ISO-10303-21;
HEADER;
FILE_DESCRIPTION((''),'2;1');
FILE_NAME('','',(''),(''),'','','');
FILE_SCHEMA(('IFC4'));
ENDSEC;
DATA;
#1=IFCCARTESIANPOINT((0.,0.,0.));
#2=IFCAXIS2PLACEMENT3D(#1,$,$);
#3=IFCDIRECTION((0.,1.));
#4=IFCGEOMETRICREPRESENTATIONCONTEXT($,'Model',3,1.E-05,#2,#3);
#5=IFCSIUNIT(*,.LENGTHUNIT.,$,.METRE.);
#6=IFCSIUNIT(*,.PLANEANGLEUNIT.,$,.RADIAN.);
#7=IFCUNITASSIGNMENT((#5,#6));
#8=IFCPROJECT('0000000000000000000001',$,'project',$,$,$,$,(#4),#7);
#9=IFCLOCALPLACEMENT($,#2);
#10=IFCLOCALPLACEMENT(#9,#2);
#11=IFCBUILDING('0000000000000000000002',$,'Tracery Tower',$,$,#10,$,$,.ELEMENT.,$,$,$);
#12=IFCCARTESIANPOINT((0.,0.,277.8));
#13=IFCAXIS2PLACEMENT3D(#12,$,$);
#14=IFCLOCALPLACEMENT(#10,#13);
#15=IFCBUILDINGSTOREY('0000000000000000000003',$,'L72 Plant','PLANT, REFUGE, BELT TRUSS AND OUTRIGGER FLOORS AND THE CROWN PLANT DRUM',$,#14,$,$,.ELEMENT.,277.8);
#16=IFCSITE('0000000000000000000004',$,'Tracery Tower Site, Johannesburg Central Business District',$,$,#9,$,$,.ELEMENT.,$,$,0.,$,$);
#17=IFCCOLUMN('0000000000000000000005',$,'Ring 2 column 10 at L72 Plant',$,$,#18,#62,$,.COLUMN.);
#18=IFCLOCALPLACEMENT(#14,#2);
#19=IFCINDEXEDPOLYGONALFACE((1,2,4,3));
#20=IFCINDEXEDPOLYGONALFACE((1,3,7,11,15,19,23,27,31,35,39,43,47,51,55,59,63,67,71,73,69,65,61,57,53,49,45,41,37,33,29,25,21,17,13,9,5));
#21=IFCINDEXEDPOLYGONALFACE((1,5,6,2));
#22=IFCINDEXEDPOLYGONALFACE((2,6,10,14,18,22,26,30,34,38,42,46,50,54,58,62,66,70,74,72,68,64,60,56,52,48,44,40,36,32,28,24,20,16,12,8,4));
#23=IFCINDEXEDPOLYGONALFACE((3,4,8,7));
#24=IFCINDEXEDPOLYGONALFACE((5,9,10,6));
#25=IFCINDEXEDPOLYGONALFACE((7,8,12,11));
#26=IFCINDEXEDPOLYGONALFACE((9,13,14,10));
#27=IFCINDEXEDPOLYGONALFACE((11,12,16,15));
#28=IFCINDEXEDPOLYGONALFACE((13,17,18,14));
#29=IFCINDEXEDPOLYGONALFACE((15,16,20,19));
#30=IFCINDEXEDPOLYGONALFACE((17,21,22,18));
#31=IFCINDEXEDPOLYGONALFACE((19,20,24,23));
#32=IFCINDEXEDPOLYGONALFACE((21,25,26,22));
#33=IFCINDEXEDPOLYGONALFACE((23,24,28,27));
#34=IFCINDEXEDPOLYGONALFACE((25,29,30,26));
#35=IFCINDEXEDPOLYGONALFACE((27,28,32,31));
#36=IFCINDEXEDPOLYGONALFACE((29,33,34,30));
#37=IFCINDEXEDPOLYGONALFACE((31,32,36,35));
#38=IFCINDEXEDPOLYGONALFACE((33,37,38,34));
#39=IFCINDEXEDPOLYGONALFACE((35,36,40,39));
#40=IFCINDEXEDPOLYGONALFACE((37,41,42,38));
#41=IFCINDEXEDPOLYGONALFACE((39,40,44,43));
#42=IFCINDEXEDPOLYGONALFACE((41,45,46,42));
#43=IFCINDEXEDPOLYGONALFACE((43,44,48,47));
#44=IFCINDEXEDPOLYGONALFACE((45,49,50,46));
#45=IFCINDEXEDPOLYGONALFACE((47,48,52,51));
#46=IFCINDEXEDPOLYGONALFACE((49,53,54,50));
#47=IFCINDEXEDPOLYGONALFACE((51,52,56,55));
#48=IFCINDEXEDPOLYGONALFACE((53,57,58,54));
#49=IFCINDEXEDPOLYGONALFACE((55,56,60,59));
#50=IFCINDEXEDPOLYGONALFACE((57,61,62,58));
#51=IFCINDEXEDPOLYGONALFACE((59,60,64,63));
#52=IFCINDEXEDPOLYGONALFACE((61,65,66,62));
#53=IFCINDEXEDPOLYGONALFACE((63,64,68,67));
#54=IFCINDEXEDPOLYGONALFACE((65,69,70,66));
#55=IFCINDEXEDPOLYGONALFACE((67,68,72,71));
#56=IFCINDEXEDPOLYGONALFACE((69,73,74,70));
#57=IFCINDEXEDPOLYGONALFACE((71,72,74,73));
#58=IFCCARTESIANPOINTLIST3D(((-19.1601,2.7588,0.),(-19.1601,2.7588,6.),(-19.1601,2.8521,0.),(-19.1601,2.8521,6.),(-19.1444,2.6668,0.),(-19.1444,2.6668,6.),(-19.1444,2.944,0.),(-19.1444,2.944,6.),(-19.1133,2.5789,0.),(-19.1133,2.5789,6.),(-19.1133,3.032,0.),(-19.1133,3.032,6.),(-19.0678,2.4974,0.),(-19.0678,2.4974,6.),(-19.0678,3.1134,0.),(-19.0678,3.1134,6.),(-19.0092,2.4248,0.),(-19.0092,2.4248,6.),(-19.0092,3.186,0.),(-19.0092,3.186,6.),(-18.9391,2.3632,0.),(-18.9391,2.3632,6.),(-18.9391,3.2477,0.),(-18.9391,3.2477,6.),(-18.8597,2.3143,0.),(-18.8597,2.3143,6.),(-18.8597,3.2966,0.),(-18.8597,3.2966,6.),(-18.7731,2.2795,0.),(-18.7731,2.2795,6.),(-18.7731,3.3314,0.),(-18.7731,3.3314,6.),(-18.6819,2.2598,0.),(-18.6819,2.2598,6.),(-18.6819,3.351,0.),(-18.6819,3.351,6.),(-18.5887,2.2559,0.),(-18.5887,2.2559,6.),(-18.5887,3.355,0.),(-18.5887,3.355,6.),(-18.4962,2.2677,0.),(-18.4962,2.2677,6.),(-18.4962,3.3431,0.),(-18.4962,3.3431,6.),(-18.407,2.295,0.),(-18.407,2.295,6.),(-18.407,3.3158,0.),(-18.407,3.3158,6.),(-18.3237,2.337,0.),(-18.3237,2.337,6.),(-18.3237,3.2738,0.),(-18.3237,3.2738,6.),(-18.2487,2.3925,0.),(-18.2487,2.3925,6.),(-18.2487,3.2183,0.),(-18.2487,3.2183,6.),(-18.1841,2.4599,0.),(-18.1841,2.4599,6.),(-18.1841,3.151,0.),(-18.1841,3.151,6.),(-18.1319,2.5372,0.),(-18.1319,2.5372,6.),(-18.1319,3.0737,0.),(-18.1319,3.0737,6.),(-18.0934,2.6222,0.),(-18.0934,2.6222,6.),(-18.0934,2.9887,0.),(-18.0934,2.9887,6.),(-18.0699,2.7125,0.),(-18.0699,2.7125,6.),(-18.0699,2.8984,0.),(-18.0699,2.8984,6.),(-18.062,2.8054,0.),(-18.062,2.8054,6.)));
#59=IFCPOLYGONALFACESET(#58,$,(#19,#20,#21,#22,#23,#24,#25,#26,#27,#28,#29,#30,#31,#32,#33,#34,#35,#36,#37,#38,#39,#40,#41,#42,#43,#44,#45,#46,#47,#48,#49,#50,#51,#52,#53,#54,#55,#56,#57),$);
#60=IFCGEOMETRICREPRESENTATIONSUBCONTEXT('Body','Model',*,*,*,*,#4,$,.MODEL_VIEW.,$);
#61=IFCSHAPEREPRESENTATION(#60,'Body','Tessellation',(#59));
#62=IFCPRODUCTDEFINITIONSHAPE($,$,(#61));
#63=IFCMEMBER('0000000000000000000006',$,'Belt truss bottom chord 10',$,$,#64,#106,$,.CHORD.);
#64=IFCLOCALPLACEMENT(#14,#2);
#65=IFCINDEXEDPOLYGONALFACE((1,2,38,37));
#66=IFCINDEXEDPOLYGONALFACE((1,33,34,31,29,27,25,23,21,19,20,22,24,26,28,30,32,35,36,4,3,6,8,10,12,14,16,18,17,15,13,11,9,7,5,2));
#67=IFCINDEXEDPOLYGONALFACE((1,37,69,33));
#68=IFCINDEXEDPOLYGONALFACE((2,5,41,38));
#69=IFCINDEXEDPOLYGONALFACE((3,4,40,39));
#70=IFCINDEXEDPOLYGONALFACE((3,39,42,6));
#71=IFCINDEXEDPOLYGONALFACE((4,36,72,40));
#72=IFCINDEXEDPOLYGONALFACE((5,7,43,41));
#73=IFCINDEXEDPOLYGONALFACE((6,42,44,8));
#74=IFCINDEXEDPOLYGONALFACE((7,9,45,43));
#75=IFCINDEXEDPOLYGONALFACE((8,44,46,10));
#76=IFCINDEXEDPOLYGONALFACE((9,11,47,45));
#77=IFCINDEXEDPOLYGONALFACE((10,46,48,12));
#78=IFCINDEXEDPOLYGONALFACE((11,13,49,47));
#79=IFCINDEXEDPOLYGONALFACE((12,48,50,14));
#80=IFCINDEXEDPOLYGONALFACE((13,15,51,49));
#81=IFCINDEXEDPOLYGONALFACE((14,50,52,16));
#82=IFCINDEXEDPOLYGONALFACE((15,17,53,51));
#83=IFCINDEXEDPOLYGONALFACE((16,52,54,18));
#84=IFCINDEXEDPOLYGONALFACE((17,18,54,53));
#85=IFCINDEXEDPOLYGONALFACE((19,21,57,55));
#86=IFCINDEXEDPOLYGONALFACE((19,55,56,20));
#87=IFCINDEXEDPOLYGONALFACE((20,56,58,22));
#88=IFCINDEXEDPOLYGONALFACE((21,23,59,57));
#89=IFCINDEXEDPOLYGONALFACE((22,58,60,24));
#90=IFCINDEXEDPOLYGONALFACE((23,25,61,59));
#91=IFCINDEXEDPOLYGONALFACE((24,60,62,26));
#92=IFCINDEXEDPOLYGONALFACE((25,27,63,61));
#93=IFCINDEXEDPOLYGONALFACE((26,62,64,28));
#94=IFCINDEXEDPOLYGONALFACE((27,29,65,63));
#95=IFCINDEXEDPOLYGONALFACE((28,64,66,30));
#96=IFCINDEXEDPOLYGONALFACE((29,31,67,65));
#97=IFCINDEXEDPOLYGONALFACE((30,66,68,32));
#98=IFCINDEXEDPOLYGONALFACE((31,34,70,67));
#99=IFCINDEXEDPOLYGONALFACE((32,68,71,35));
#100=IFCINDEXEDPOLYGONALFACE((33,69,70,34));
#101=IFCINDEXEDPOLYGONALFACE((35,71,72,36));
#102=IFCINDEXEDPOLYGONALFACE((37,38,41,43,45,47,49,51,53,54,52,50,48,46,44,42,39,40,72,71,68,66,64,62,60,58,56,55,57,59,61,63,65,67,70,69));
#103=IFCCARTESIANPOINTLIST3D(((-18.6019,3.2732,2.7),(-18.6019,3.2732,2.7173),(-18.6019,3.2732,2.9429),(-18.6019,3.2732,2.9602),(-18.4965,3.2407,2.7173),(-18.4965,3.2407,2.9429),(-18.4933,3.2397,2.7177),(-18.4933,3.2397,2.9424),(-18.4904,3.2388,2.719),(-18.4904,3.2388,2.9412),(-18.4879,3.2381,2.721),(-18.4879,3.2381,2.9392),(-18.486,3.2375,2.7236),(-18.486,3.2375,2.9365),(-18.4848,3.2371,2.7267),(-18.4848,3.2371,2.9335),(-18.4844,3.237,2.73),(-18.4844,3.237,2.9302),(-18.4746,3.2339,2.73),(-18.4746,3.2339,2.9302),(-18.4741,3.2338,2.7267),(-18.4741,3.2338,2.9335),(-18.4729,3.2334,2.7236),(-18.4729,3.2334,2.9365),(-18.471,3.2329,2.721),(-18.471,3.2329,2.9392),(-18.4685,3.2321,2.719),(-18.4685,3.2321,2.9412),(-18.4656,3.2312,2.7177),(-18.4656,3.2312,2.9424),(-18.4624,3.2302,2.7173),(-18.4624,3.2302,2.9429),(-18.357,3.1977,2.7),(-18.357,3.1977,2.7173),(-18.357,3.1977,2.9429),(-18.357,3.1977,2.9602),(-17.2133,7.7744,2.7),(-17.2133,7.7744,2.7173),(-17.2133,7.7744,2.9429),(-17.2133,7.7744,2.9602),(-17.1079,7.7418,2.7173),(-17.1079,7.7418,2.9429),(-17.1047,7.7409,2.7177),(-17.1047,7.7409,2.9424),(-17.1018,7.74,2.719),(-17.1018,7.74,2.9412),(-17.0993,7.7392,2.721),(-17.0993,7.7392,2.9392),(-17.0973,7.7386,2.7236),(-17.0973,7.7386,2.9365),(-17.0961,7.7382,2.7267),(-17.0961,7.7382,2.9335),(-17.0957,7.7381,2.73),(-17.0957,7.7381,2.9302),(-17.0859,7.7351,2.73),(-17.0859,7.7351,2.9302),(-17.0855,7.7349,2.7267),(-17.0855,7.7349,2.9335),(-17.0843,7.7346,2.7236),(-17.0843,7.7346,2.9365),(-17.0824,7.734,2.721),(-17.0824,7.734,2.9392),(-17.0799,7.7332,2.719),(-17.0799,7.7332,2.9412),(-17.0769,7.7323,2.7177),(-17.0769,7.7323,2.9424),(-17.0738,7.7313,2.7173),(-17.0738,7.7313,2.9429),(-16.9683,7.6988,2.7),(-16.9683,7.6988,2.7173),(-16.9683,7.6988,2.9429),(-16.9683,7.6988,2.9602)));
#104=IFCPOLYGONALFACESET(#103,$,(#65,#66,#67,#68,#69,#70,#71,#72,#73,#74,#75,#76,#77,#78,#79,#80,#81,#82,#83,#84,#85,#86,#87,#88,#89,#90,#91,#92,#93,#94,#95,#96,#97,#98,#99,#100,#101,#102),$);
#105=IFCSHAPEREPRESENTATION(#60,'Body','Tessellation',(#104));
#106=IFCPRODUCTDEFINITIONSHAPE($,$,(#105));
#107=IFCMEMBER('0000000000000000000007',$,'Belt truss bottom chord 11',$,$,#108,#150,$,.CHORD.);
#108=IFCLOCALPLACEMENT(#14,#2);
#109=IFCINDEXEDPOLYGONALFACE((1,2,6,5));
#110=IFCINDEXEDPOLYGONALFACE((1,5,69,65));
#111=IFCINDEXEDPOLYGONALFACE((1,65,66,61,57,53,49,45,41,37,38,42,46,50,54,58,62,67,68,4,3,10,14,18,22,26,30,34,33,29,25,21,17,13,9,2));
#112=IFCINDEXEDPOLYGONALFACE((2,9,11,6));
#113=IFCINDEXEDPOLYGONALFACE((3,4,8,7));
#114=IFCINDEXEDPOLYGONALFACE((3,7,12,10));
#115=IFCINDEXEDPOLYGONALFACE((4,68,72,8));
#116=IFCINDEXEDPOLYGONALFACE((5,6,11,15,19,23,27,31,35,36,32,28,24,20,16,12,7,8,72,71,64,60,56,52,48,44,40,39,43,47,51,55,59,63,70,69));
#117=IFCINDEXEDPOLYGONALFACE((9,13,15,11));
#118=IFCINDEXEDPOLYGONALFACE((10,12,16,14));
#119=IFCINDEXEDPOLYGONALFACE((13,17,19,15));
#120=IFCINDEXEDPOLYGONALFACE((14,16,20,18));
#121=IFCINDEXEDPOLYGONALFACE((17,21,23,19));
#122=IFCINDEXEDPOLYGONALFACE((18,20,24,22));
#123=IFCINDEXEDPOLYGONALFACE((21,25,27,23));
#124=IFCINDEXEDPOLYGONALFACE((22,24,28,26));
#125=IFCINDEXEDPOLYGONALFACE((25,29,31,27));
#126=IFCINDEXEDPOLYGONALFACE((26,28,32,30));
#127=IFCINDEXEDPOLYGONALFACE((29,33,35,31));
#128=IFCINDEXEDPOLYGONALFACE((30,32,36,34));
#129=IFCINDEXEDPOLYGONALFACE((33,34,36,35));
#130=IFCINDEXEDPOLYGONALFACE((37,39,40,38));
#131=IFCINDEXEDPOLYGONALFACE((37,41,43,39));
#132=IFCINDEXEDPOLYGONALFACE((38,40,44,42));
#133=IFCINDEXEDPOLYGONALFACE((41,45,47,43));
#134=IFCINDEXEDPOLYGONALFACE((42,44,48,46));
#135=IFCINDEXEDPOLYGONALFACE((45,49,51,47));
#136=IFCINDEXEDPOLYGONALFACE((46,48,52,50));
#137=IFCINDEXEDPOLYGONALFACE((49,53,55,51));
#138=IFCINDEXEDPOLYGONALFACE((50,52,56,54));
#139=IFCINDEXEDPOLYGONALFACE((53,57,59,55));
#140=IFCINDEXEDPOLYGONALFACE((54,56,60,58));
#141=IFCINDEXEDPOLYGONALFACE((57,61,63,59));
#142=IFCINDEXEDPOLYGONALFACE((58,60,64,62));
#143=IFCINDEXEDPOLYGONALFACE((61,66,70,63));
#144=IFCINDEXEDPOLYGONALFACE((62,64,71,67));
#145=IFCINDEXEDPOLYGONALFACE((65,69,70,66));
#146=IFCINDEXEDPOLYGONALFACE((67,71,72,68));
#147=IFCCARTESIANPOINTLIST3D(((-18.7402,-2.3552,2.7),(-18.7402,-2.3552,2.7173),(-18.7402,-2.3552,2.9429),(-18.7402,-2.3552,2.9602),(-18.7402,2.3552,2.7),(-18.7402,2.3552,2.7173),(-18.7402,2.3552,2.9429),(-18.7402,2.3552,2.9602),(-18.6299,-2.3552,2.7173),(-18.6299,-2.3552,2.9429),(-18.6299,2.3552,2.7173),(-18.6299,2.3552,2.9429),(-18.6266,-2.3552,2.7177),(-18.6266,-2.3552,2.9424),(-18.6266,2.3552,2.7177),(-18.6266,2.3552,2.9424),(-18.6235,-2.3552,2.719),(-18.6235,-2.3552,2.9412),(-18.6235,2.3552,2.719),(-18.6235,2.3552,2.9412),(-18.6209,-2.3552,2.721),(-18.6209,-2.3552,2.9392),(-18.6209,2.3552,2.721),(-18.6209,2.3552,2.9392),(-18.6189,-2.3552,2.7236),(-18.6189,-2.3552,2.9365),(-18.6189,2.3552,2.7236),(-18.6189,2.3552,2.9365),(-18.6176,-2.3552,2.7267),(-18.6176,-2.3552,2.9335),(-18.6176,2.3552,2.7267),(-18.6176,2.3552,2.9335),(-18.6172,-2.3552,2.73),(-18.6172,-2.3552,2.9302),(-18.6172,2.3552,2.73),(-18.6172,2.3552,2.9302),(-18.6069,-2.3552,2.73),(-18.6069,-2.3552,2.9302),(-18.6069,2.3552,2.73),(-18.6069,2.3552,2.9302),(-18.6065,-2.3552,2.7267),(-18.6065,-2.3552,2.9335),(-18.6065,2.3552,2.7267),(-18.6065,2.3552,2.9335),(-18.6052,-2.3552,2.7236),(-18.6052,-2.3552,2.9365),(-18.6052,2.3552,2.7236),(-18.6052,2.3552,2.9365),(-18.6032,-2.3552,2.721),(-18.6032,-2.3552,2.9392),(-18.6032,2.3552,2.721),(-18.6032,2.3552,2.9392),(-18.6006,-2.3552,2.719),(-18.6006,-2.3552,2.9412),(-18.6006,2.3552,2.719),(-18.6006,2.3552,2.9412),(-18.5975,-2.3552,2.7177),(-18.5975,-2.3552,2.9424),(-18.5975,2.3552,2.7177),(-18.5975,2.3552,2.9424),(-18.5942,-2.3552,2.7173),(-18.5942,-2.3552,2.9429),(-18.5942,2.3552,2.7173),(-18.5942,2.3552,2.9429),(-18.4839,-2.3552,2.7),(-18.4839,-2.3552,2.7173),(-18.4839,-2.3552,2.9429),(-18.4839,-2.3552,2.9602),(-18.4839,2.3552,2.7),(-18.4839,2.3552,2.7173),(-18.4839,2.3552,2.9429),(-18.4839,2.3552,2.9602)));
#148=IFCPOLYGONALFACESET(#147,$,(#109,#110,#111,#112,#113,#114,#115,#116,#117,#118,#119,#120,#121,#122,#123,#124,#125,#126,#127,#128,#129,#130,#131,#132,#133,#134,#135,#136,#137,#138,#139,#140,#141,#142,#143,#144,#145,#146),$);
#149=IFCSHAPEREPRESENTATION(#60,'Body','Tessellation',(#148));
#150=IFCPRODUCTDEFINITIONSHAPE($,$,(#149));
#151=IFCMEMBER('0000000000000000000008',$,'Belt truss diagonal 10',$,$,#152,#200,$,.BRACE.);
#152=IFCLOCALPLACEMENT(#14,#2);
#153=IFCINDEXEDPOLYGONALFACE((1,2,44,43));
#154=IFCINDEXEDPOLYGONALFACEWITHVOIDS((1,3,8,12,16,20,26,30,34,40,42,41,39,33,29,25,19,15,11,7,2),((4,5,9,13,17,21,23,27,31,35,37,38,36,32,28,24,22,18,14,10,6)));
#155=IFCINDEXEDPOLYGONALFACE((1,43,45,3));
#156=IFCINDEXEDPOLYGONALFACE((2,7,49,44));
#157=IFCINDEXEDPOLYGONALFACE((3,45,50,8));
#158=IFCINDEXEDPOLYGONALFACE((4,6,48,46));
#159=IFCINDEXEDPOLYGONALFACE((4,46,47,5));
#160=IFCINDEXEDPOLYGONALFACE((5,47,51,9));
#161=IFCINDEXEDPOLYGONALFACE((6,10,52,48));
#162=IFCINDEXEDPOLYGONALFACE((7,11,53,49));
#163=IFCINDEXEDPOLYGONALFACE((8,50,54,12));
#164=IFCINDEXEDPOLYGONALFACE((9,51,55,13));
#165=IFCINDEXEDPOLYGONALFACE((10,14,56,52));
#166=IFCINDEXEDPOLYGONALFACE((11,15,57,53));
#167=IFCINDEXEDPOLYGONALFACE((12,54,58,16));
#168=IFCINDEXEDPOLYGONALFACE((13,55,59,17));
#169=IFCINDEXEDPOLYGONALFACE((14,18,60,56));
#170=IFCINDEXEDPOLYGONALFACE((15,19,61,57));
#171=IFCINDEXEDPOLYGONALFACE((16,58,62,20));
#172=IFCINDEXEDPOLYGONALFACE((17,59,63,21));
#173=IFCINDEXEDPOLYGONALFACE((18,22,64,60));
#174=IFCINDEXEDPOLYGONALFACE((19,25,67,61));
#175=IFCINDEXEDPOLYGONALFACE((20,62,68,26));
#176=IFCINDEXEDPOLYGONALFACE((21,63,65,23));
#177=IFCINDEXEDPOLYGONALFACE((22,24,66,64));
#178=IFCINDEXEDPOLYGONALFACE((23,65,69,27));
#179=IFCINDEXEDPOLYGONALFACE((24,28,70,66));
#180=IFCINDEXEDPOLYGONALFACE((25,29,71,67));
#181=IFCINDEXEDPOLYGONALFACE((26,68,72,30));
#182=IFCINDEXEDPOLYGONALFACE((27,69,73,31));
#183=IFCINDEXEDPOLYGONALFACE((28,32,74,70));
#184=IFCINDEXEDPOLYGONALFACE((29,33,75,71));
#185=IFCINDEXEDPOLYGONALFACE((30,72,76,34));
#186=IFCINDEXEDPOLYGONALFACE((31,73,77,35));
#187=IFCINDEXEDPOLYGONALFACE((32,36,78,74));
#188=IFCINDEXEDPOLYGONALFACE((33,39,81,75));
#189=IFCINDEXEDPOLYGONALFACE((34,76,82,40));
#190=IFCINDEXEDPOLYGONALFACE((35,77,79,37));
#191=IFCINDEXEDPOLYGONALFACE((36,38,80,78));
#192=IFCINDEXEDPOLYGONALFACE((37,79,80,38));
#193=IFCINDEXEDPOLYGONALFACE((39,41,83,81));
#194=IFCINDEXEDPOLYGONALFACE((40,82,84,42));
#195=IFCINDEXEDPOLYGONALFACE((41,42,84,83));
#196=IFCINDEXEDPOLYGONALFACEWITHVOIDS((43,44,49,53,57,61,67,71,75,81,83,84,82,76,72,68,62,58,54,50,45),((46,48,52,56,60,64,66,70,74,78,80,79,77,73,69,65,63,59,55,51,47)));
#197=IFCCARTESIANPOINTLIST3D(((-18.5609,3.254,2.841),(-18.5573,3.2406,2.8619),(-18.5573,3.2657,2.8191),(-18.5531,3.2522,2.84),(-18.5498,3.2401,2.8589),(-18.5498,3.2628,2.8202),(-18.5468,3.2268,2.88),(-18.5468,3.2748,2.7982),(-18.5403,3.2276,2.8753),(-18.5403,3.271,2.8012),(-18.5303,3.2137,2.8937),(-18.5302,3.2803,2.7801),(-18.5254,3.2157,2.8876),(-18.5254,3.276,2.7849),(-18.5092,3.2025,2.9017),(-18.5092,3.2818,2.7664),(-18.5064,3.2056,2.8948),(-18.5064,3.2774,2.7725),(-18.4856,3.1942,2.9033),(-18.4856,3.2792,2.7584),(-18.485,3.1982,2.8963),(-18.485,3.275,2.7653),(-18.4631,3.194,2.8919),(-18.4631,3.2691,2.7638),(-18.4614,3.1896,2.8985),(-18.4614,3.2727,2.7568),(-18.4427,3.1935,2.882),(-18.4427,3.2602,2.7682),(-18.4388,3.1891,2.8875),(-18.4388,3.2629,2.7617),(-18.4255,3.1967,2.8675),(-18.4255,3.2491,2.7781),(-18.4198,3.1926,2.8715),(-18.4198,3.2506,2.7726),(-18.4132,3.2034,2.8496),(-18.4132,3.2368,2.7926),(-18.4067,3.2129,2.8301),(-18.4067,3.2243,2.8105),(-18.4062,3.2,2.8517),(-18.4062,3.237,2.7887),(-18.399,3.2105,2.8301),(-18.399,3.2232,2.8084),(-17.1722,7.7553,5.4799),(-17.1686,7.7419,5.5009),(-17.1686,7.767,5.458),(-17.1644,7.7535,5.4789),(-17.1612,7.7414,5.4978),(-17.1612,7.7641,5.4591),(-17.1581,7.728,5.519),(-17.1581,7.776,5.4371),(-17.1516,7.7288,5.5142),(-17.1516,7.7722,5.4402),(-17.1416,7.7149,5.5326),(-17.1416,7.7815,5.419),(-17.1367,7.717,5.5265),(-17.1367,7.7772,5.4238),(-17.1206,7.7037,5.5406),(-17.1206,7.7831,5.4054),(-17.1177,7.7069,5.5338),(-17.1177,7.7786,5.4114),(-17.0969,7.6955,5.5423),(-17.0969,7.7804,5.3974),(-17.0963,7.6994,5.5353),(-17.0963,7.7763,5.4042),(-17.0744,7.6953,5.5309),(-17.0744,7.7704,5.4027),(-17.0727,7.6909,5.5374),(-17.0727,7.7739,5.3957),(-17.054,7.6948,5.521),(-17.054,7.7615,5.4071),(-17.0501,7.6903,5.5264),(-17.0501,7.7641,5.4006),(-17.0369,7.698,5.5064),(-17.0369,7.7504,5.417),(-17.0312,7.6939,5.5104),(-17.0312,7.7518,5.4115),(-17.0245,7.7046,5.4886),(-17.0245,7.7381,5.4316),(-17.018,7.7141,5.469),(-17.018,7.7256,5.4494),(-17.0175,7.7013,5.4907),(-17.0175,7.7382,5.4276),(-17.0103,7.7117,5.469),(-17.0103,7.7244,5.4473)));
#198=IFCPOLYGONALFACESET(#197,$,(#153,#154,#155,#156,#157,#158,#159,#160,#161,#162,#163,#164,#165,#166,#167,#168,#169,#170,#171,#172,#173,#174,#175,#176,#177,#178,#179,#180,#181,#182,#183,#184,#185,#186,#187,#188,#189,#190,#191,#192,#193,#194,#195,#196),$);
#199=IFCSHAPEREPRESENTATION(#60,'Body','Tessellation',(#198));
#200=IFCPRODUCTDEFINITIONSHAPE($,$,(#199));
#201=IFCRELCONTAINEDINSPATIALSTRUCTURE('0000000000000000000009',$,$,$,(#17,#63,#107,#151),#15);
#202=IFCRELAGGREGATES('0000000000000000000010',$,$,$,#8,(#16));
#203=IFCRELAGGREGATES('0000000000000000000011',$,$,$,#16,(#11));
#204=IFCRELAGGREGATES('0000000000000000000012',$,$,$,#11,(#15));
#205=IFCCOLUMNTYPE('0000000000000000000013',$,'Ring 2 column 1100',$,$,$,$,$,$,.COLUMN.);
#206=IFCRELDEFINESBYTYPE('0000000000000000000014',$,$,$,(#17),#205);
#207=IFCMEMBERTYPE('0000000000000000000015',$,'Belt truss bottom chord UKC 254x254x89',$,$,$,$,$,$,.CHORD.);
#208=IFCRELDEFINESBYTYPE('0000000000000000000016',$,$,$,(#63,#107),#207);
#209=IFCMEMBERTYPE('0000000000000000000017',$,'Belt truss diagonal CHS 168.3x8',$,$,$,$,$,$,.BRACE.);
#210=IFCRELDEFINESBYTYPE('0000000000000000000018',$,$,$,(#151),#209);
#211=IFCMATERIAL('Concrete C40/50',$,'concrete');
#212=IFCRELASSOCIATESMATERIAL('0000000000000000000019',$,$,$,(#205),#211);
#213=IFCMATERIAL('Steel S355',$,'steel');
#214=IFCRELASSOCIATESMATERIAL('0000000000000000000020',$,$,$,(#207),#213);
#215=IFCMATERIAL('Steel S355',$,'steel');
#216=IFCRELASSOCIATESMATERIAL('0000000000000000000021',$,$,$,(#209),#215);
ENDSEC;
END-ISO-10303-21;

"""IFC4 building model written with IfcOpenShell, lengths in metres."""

from ifc_helpers import new_model, si_unit, direction, frame, origin, origin_2d, place, context, subcontext, project, spatial, circle, hollow_circle, i_section, extrude, material, material_profile, profile_set, type_object, element, save


model = new_model("IFC4")

# Units and contexts
model_context = context("Model", 3, precision=1e-05, world=origin(), true_north=direction((0.0, 1.0)))
body_context = subcontext(model_context, "Body", "Model", "MODEL_VIEW")
ifc_project = project(units=[si_unit("LENGTHUNIT", "METRE"), si_unit("PLANEANGLEUNIT", "RADIAN")], contexts=[model_context])

# Site, building, storey
site_placement = place(None, origin())
site = spatial("IfcSite", under=ifc_project, at=site_placement, Name="Tracery Tower Site, Johannesburg Central Business District", CompositionType="ELEMENT", RefElevation=0.0)
building_placement = place(site_placement, origin())
building = spatial("IfcBuilding", under=site, at=building_placement, Name="Tracery Tower", CompositionType="ELEMENT")
storey_placement = place(building_placement, frame((0.0, 0.0, 277.8)))
storey = spatial("IfcBuildingStorey", under=building, at=storey_placement, Name="L72 Plant", Description="PLANT, REFUGE, BELT TRUSS AND OUTRIGGER FLOORS AND THE CROWN PLANT DRUM", CompositionType="ELEMENT", Elevation=277.8)

# Column
ifc_material_1 = material(Name="Concrete C40/50", Category="concrete")
ifc_material_profile_1 = material_profile(ifc_material_1, circle(Radius=0.55, at=origin_2d()), Name="RC D1100")
ifc_profile_set_1 = profile_set([ifc_material_profile_1], Name="Concrete C40/50")
column_type = type_object("IfcColumnType", Name="Ring 2 column 1100", PredefinedType="COLUMN", material=ifc_profile_set_1)
column_placement = place(storey_placement, frame((-18.6121, 2.8054, 0.0), z_axis=(0.0, 0.0, 1.0), x_axis=(1.0, 0.0, 0.0)))
element("IfcColumn", 1, at=column_placement, inside=storey, type_object=column_type, Name="Ring 2 column 10 at L72 Plant", PredefinedType="COLUMN", context=body_context, shape_type="SweptSolid", body=[
    extrude(circle(Radius=0.55, at=origin_2d()), origin(), (0.0, 0.0, 1.0), 6.0),
])

# Members
ifc_material_2 = material(Name="Steel S355", Category="steel")
ifc_material_profile_2 = material_profile(ifc_material_2, i_section(OverallWidth=0.2563, OverallDepth=0.2603, WebThickness=0.0103, FlangeThickness=0.0173, FilletRadius=0.0127, at=origin_2d()), Name="UKC 254x254x89")
ifc_profile_set_2 = profile_set([ifc_material_profile_2], Name="Steel S355")
member_type_1 = type_object("IfcMemberType", Name="Belt truss bottom chord UKC 254x254x89", PredefinedType="CHORD", material=ifc_profile_set_2)
for number, where, z_axis, x_axis, name in (
    (2, (-17.0908, 7.7366, 2.8301), (-0.2948, -0.955559, 0.0), (0.955559, -0.2948, 0.0), "Belt truss bottom chord 10"),
    (3, (-18.6121, 2.3552, 2.8301), (0.0, -1.0, 0.0), (1.0, 0.0, 0.0), "Belt truss bottom chord 11"),
):
    element("IfcMember", number, at=place(storey_placement, frame(where, z_axis=z_axis, x_axis=x_axis)), inside=storey, type_object=member_type_1, Name=name, PredefinedType="CHORD", context=body_context, shape_type="SweptSolid", body=[
        extrude(i_section(OverallWidth=0.2563, OverallDepth=0.2603, WebThickness=0.0103, FlangeThickness=0.0173, FilletRadius=0.0127, at=origin_2d()), origin(), (0.0, 0.0, 1.0), 4.7104),
    ])
ifc_material_3 = material(Name="Steel S355", Category="steel")
ifc_material_profile_3 = material_profile(ifc_material_3, hollow_circle(Radius=0.0842, WallThickness=0.0081, at=origin_2d()), Name="CHS 168.3x8")
ifc_profile_set_3 = profile_set([ifc_material_profile_3], Name="Steel S355")
member_type_2 = type_object("IfcMemberType", Name="Belt truss diagonal CHS 168.3x8", PredefinedType="BRACE", material=ifc_profile_set_3)
member_1_placement = place(storey_placement, frame((-17.0908, 7.7366, 5.469), z_axis=(-0.257191, -0.833656, -0.488745), x_axis=(0.955559, -0.2948, 0.0)))
element("IfcMember", 4, at=member_1_placement, inside=storey, type_object=member_type_2, Name="Belt truss diagonal 10", PredefinedType="BRACE", context=body_context, shape_type="SweptSolid", body=[
    extrude(hollow_circle(Radius=0.0842, WallThickness=0.0081, at=origin_2d()), origin(), (0.0, 0.0, 1.0), 5.3994),
])

save(model, "model.ifc")
